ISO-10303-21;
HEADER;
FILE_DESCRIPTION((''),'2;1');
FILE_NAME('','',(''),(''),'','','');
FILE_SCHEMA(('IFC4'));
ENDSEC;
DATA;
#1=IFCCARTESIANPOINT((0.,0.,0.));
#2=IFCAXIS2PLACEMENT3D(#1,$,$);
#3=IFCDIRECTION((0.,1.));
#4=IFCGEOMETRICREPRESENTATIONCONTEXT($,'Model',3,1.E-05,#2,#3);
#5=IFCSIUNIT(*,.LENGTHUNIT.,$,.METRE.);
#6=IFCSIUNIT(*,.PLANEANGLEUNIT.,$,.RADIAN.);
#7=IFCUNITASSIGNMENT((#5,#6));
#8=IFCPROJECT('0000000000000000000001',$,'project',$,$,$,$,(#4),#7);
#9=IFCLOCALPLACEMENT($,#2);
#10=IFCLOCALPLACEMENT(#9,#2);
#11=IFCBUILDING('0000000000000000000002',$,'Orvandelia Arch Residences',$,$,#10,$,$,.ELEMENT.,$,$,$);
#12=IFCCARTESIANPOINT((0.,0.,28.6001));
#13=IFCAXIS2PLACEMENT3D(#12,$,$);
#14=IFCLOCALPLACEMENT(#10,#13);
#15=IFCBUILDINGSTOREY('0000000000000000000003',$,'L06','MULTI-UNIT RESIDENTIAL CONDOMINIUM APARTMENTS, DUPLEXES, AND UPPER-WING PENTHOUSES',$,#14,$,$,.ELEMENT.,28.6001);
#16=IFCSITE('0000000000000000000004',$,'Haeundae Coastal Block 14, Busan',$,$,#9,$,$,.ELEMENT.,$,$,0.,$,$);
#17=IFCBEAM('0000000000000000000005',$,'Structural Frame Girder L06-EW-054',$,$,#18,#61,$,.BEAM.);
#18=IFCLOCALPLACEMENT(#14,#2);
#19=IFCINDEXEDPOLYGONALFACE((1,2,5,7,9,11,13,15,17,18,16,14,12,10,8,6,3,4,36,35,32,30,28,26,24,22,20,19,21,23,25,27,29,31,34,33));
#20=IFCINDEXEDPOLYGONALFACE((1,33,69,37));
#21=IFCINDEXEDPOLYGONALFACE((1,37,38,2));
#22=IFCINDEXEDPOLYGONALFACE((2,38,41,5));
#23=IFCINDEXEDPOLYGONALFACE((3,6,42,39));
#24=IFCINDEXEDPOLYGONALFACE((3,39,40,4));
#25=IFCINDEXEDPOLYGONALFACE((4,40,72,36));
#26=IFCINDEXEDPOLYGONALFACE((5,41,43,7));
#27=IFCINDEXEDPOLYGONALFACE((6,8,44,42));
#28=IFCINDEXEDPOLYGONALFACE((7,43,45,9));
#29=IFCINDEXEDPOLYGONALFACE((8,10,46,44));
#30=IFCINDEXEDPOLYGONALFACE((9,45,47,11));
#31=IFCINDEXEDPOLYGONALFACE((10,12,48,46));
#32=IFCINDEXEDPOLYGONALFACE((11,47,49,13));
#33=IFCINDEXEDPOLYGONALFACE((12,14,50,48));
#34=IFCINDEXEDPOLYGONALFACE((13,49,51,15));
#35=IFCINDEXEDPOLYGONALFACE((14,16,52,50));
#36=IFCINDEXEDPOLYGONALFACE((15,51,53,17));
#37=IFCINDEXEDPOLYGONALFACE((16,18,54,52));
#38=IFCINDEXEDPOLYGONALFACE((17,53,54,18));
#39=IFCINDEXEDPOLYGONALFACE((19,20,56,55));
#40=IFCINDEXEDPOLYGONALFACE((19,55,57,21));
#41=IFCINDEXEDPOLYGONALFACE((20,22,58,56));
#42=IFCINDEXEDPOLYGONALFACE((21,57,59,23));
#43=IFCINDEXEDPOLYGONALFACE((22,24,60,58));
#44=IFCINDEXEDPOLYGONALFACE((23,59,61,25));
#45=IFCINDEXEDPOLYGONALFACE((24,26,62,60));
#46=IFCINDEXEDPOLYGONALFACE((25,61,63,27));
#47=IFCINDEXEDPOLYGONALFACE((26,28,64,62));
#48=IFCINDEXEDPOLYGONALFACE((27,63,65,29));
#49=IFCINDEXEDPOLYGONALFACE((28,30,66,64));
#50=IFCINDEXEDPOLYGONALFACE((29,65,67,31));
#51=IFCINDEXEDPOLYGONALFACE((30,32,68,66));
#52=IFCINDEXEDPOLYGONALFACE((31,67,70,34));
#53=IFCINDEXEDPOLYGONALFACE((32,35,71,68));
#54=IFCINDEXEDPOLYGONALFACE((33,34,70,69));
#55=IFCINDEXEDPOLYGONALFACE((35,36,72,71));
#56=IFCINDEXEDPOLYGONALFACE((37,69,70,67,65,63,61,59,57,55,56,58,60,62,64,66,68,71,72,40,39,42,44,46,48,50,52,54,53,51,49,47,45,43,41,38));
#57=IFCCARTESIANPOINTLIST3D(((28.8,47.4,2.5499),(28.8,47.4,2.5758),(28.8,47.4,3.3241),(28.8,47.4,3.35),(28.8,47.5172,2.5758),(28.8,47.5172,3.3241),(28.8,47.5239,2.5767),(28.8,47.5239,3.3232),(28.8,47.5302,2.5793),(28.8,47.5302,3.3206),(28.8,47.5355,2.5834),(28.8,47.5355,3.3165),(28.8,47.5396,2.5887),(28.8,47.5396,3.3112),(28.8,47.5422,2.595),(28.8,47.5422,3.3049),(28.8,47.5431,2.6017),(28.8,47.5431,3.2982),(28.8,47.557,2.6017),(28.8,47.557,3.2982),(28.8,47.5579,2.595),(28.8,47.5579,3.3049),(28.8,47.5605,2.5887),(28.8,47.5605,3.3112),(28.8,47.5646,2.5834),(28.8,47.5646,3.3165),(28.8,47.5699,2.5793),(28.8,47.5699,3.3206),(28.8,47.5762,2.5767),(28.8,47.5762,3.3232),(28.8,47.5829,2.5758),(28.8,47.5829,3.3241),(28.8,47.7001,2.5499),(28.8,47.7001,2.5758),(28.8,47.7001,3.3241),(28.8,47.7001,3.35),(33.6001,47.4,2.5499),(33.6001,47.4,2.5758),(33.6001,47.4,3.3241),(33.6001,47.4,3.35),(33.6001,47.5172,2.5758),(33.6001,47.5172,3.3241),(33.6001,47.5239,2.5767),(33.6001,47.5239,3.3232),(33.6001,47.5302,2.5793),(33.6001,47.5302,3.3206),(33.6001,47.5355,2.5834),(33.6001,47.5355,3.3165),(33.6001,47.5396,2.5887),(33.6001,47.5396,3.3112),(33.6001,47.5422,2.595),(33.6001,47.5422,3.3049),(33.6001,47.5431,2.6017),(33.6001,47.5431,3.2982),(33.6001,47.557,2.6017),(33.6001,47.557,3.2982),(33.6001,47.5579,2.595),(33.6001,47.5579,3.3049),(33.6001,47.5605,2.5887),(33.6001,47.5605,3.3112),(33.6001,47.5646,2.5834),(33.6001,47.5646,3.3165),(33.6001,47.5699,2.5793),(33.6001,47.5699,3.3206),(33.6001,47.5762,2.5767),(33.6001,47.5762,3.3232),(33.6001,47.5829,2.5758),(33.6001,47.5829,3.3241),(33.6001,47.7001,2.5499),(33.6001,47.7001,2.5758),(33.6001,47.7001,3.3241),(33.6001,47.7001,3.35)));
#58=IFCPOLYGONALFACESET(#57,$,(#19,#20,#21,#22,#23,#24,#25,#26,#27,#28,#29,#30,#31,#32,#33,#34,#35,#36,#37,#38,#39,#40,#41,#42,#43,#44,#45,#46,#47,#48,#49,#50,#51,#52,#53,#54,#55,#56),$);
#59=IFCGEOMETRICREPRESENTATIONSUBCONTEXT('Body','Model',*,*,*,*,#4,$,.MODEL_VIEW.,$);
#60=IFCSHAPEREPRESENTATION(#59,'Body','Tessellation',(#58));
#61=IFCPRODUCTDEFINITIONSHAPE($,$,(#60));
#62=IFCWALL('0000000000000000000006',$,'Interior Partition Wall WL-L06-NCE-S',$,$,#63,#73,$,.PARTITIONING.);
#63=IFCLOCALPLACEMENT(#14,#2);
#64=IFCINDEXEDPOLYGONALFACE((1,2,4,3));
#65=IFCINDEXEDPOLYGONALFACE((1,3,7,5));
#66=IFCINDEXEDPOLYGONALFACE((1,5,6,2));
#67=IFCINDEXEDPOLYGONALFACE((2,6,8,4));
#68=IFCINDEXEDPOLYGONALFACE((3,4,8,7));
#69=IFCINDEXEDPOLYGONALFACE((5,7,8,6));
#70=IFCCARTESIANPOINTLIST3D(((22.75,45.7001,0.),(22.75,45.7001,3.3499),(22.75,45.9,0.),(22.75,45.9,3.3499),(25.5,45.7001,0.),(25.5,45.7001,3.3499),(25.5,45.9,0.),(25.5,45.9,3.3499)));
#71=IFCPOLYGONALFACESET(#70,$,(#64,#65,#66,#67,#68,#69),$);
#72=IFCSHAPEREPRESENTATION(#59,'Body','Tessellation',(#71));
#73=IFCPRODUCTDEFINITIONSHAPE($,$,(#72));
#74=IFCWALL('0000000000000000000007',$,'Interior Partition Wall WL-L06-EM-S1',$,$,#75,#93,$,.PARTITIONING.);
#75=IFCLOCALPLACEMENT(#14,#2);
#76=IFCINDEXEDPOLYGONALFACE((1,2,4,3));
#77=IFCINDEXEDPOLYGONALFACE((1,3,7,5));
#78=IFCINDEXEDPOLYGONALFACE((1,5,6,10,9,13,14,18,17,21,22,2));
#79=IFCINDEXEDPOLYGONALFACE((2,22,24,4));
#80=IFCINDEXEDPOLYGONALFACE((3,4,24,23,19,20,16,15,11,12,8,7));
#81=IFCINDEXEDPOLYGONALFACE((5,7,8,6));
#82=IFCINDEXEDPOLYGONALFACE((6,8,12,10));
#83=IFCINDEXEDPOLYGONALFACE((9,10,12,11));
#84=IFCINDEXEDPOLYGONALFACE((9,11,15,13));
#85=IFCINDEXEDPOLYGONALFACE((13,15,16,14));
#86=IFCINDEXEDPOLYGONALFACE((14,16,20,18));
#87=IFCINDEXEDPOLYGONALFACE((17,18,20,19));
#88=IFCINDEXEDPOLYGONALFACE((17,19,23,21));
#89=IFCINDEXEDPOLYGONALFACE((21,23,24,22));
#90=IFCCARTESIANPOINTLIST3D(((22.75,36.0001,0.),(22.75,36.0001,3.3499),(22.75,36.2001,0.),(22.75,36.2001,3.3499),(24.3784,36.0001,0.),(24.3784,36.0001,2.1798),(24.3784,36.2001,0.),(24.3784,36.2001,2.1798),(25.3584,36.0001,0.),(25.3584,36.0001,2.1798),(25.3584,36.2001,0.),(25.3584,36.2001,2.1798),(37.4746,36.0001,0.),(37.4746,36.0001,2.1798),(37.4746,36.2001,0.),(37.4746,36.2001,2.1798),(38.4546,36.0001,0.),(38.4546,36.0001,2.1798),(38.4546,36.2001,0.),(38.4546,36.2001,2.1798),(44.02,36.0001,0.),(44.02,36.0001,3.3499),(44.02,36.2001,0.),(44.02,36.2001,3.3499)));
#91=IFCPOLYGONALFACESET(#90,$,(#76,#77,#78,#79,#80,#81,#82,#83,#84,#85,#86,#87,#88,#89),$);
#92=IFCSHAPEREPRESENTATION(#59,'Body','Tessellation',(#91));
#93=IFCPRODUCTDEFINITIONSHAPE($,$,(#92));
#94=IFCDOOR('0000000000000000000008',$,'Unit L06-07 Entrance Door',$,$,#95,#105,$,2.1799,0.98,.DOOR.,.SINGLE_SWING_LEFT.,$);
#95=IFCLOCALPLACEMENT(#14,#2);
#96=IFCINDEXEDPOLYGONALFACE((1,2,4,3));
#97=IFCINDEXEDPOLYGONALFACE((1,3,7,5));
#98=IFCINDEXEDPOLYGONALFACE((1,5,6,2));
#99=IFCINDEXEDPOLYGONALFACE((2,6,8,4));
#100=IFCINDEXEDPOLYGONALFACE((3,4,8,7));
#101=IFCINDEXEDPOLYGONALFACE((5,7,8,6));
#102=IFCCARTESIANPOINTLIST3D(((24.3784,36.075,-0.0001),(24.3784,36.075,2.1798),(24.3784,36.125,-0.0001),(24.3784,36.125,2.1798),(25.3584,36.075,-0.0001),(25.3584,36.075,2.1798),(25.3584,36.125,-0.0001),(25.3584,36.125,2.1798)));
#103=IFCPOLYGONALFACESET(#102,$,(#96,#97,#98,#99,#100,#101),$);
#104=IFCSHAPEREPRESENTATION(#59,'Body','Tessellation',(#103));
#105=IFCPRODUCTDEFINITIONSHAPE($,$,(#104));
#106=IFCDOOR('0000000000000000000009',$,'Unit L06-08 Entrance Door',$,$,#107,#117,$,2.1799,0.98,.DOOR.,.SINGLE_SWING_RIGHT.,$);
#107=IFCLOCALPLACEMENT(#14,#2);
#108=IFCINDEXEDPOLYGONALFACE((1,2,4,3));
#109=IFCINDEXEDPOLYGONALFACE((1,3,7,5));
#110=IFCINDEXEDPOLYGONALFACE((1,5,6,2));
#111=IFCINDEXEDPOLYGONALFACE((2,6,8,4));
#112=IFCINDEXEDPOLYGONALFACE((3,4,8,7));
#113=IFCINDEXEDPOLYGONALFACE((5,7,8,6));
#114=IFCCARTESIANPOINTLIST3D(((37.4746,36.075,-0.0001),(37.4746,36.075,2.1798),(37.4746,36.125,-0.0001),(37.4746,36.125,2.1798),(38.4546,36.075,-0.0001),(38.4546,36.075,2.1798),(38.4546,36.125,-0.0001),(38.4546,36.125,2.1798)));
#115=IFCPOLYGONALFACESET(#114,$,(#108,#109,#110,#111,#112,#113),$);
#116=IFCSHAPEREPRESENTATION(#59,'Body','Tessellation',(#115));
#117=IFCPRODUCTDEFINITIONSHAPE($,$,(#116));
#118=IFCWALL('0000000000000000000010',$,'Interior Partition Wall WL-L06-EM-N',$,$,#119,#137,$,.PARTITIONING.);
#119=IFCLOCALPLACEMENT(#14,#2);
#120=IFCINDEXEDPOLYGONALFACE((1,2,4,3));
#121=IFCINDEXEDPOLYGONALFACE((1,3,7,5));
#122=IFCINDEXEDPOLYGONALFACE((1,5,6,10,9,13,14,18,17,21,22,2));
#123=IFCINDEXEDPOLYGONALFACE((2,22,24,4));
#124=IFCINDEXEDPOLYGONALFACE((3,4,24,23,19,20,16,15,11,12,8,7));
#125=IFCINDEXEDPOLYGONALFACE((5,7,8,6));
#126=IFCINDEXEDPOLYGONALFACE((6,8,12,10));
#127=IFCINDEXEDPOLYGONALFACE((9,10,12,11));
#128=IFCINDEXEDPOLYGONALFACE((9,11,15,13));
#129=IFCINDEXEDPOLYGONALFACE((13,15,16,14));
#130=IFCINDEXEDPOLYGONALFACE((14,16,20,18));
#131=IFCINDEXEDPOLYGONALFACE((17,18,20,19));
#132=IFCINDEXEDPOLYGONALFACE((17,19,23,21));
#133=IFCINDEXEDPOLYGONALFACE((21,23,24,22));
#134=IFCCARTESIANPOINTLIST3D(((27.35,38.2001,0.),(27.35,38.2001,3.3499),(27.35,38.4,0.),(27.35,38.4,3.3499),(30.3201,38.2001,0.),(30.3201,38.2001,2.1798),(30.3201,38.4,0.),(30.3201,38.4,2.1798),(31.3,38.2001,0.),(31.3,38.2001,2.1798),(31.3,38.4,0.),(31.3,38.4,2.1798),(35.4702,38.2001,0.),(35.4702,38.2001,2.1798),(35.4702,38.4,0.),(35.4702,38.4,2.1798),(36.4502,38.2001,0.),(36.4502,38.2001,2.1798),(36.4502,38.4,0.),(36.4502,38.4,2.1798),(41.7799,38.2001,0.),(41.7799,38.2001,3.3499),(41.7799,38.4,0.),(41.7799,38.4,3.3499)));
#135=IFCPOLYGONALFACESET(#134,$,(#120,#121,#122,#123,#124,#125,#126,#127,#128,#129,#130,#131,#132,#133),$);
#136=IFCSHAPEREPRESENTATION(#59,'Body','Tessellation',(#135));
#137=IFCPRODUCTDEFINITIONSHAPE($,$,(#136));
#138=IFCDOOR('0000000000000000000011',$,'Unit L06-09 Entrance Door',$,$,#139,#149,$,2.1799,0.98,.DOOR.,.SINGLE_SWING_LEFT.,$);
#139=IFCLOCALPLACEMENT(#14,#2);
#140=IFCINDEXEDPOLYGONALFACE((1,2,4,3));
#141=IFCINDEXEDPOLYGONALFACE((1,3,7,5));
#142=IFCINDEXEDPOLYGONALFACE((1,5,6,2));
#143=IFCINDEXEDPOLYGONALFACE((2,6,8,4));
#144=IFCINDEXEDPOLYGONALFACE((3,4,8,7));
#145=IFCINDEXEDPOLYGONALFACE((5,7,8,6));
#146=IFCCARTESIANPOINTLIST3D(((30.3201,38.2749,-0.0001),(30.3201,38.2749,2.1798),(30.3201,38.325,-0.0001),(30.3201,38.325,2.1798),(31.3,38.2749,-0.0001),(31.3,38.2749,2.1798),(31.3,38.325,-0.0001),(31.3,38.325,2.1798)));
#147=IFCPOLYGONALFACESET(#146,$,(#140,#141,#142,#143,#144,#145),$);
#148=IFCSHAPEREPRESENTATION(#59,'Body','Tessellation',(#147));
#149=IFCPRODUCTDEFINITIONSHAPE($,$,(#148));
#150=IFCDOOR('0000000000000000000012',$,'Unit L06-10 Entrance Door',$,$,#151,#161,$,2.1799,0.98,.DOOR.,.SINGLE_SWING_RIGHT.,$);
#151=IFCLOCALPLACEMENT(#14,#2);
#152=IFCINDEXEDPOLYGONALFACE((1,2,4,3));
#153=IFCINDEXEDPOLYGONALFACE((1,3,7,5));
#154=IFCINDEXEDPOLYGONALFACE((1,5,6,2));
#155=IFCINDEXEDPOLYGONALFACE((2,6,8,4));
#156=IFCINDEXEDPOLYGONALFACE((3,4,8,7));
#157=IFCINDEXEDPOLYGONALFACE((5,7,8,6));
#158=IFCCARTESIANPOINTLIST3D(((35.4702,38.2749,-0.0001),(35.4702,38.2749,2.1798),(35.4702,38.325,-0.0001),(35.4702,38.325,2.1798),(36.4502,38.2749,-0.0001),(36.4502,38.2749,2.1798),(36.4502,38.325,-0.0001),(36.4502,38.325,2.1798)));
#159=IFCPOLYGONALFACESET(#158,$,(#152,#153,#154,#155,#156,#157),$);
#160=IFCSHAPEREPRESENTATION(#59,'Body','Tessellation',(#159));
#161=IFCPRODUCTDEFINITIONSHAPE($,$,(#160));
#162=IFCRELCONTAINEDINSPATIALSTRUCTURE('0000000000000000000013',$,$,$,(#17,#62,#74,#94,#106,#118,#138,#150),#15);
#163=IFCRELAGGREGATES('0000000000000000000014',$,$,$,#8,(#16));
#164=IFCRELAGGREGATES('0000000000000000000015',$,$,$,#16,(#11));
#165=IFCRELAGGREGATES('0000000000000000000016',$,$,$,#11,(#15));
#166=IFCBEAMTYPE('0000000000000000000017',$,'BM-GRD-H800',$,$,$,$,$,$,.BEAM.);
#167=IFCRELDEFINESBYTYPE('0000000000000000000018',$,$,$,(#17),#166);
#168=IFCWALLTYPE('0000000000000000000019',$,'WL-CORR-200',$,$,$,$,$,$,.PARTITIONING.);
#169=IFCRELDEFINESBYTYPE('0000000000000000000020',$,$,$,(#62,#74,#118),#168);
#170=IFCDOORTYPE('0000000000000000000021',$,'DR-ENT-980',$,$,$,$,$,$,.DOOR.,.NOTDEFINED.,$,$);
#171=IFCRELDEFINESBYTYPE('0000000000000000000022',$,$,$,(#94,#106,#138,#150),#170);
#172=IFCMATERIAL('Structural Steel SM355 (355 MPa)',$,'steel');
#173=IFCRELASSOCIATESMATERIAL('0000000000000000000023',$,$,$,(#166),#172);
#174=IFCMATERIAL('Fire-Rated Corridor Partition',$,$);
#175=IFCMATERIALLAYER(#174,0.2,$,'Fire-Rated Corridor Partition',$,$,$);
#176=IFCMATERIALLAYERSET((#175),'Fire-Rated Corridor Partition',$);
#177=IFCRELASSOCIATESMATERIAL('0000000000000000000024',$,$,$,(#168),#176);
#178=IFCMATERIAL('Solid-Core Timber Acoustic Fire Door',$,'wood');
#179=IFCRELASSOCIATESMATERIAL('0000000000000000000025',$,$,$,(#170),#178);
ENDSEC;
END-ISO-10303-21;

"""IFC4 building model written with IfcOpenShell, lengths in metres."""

from ifc_helpers import new_model, si_unit, direction, frame, frame_2d, origin, origin_2d, place, context, subcontext, project, spatial, rectangle, i_section, extrude, material, layer, layer_set, material_profile, profile_set, type_object, element, fill, save


model = new_model("IFC4")

# Units and contexts
model_context = context("Model", 3, precision=1e-05, world=origin(), true_north=direction((0.0, 1.0)))
body_context = subcontext(model_context, "Body", "Model", "MODEL_VIEW")
ifc_project = project(units=[si_unit("LENGTHUNIT", "METRE"), si_unit("PLANEANGLEUNIT", "RADIAN")], contexts=[model_context])

# Site, building, storey
site_placement = place(None, origin())
site = spatial("IfcSite", under=ifc_project, at=site_placement, Name="Haeundae Coastal Block 14, Busan", CompositionType="ELEMENT", RefElevation=0.0)
building_placement = place(site_placement, origin())
building = spatial("IfcBuilding", under=site, at=building_placement, Name="Orvandelia Arch Residences", CompositionType="ELEMENT")
storey_placement = place(building_placement, frame((0.0, 0.0, 28.6001)))
storey = spatial("IfcBuildingStorey", under=building, at=storey_placement, Name="L06", Description="MULTI-UNIT RESIDENTIAL CONDOMINIUM APARTMENTS, DUPLEXES, AND UPPER-WING PENTHOUSES", CompositionType="ELEMENT", Elevation=28.6001)

# Beam
ifc_material_1 = material(Name="Structural Steel SM355 (355 MPa)", Category="steel")
ifc_material_profile_1 = material_profile(ifc_material_1, i_section(OverallWidth=0.3, OverallDepth=0.8, WebThickness=0.0139, FlangeThickness=0.0259, FilletRadius=0.0259, at=origin_2d()), Name="Structural Steel SM355 (355 MPa)", Category="steel")
ifc_profile_set_1 = profile_set([ifc_material_profile_1], Name="Structural Steel SM355 (355 MPa)")
beam_type = type_object("IfcBeamType", Name="BM-GRD-H800", PredefinedType="BEAM", material=ifc_profile_set_1)
beam_1_placement = place(storey_placement, frame((28.8, 47.55, 2.95), z_axis=(1.0, 0.0, 0.0), x_axis=(0.0, 1.0, 0.0)))
element("IfcBeam", 1, at=beam_1_placement, inside=storey, type_object=beam_type, Name="Structural Frame Girder L06-EW-054", PredefinedType="BEAM", context=body_context, shape_type="SweptSolid", body=[
    extrude(i_section(OverallWidth=0.3, OverallDepth=0.8, WebThickness=0.0139, FlangeThickness=0.0259, FilletRadius=0.0259, at=origin_2d()), origin(), (0.0, 0.0, 1.0), 4.8),
])

# Wall
ifc_material_2 = material(Name="Fire-Rated Corridor Partition")
ifc_layer_1 = layer(ifc_material_2, 0.2, Name="Fire-Rated Corridor Partition")
ifc_layer_set_1 = layer_set([ifc_layer_1], Name="Fire-Rated Corridor Partition")
wall_type_1 = type_object("IfcWallType", Name="WL-CORR-200", PredefinedType="PARTITIONING", material=ifc_layer_set_1)
wall_1_placement = place(storey_placement, frame((22.75, 45.8, 0.0), z_axis=(0.0, 0.0, 1.0), x_axis=(1.0, 0.0, 0.0)))
element("IfcWall", 2, at=wall_1_placement, inside=storey, type_object=wall_type_1, Name="Interior Partition Wall WL-L06-NCE-S", PredefinedType="PARTITIONING", context=body_context, shape_type="SweptSolid", body=[
    extrude(rectangle(XDim=2.75, YDim=0.2, at=frame_2d((1.375, 0.0))), origin(), (0.0, 0.0, 1.0), 3.3499),
])

# Walls, openings, doors
wall_2_placement = place(storey_placement, frame((22.75, 36.1001, 0.0), z_axis=(0.0, 0.0, 1.0), x_axis=(1.0, 0.0, 0.0)))
wall_2 = element("IfcWall", 3, at=wall_2_placement, inside=storey, type_object=wall_type_1, Name="Interior Partition Wall WL-L06-EM-S1", PredefinedType="PARTITIONING", context=body_context, shape_type="SweptSolid", body=[
    extrude(rectangle(XDim=21.27, YDim=0.2, at=frame_2d((10.635, 0.0))), origin(), (0.0, 0.0, 1.0), 3.3499),
])
opening_1_placement = place(wall_2_placement, frame((1.6284, 0.0, 0.0)))
opening_1 = element("IfcOpeningElement", 4, at=opening_1_placement, cuts=wall_2, PredefinedType="OPENING", context=body_context, shape_type="SweptSolid", body=[
    extrude(rectangle(XDim=0.98, YDim=2.1799, at=frame_2d((0.49, 1.0898))), frame((0.0, 0.1099, 0.0), z_axis=(0.0, -1.0, 0.0), x_axis=(1.0, 0.0, 0.0)), (0.0, 0.0, 1.0), 0.22),
])
opening_2_placement = place(wall_2_placement, frame((14.7246, 0.0, 0.0)))
opening_2 = element("IfcOpeningElement", 5, at=opening_2_placement, cuts=wall_2, PredefinedType="OPENING", context=body_context, shape_type="SweptSolid", body=[
    extrude(rectangle(XDim=0.98, YDim=2.1799, at=frame_2d((0.49, 1.0898))), frame((0.0, 0.1099, 0.0), z_axis=(0.0, -1.0, 0.0), x_axis=(1.0, 0.0, 0.0)), (0.0, 0.0, 1.0), 0.22),
])
ifc_material_3 = material(Name="Solid-Core Timber Acoustic Fire Door", Category="wood")
door_type_1 = type_object("IfcDoorType", Name="DR-ENT-980", OperationType="NOTDEFINED", PredefinedType="DOOR", material=ifc_material_3)
door_1_placement = place(opening_1_placement, origin())
door_1 = element("IfcDoor", 6, at=door_1_placement, inside=storey, type_object=door_type_1, Name="Unit L06-07 Entrance Door", OperationType="SINGLE_SWING_LEFT", OverallHeight=2.1799, OverallWidth=0.98, PredefinedType="DOOR", context=body_context, shape_type="SweptSolid", body=[
    extrude(rectangle(XDim=0.98, YDim=2.1799, at=frame_2d((0.49, 1.0898))), frame((0.0, 0.0249, 0.0), z_axis=(0.0, -1.0, 0.0), x_axis=(1.0, 0.0, 0.0)), (0.0, 0.0, 1.0), 0.05),
])
fill(opening_1, door_1)
door_2_placement = place(opening_2_placement, origin())
door_2 = element("IfcDoor", 7, at=door_2_placement, inside=storey, type_object=door_type_1, Name="Unit L06-08 Entrance Door", OperationType="SINGLE_SWING_RIGHT", OverallHeight=2.1799, OverallWidth=0.98, PredefinedType="DOOR", context=body_context, shape_type="SweptSolid", body=[
    extrude(rectangle(XDim=0.98, YDim=2.1799, at=frame_2d((0.49, 1.0898))), frame((0.0, 0.0249, 0.0), z_axis=(0.0, -1.0, 0.0), x_axis=(1.0, 0.0, 0.0)), (0.0, 0.0, 1.0), 0.05),
])
fill(opening_2, door_2)
wall_3_placement = place(storey_placement, frame((27.3501, 38.3, 0.0), z_axis=(0.0, 0.0, 1.0), x_axis=(1.0, 0.0, 0.0)))
wall_3 = element("IfcWall", 8, at=wall_3_placement, inside=storey, type_object=wall_type_1, Name="Interior Partition Wall WL-L06-EM-N", PredefinedType="PARTITIONING", context=body_context, shape_type="SweptSolid", body=[
    extrude(rectangle(XDim=14.4299, YDim=0.2, at=frame_2d((7.2148, 0.0))), origin(), (0.0, 0.0, 1.0), 3.3499),
])
opening_3_placement = place(wall_3_placement, frame((2.97, 0.0, 0.0)))
opening_3 = element("IfcOpeningElement", 9, at=opening_3_placement, cuts=wall_3, PredefinedType="OPENING", context=body_context, shape_type="SweptSolid", body=[
    extrude(rectangle(XDim=0.98, YDim=2.1799, at=frame_2d((0.49, 1.0898))), frame((0.0, 0.1099, 0.0), z_axis=(0.0, -1.0, 0.0), x_axis=(1.0, 0.0, 0.0)), (0.0, 0.0, 1.0), 0.22),
])
opening_4_placement = place(wall_3_placement, frame((8.1201, 0.0, 0.0)))
opening_4 = element("IfcOpeningElement", 10, at=opening_4_placement, cuts=wall_3, PredefinedType="OPENING", context=body_context, shape_type="SweptSolid", body=[
    extrude(rectangle(XDim=0.98, YDim=2.1799, at=frame_2d((0.49, 1.0898))), frame((0.0, 0.1099, 0.0), z_axis=(0.0, -1.0, 0.0), x_axis=(1.0, 0.0, 0.0)), (0.0, 0.0, 1.0), 0.22),
])
door_3_placement = place(opening_3_placement, origin())
door_3 = element("IfcDoor", 11, at=door_3_placement, inside=storey, type_object=door_type_1, Name="Unit L06-09 Entrance Door", OperationType="SINGLE_SWING_LEFT", OverallHeight=2.1799, OverallWidth=0.98, PredefinedType="DOOR", context=body_context, shape_type="SweptSolid", body=[
    extrude(rectangle(XDim=0.98, YDim=2.1799, at=frame_2d((0.49, 1.0898))), frame((0.0, 0.0249, 0.0), z_axis=(0.0, -1.0, 0.0), x_axis=(1.0, 0.0, 0.0)), (0.0, 0.0, 1.0), 0.05),
])
fill(opening_3, door_3)
door_4_placement = place(opening_4_placement, origin())
door_4 = element("IfcDoor", 12, at=door_4_placement, inside=storey, type_object=door_type_1, Name="Unit L06-10 Entrance Door", OperationType="SINGLE_SWING_RIGHT", OverallHeight=2.1799, OverallWidth=0.98, PredefinedType="DOOR", context=body_context, shape_type="SweptSolid", body=[
    extrude(rectangle(XDim=0.98, YDim=2.1799, at=frame_2d((0.49, 1.0898))), frame((0.0, 0.0249, 0.0), z_axis=(0.0, -1.0, 0.0), x_axis=(1.0, 0.0, 0.0)), (0.0, 0.0, 1.0), 0.05),
])
fill(opening_4, door_4)

save(model, "model.ifc")
